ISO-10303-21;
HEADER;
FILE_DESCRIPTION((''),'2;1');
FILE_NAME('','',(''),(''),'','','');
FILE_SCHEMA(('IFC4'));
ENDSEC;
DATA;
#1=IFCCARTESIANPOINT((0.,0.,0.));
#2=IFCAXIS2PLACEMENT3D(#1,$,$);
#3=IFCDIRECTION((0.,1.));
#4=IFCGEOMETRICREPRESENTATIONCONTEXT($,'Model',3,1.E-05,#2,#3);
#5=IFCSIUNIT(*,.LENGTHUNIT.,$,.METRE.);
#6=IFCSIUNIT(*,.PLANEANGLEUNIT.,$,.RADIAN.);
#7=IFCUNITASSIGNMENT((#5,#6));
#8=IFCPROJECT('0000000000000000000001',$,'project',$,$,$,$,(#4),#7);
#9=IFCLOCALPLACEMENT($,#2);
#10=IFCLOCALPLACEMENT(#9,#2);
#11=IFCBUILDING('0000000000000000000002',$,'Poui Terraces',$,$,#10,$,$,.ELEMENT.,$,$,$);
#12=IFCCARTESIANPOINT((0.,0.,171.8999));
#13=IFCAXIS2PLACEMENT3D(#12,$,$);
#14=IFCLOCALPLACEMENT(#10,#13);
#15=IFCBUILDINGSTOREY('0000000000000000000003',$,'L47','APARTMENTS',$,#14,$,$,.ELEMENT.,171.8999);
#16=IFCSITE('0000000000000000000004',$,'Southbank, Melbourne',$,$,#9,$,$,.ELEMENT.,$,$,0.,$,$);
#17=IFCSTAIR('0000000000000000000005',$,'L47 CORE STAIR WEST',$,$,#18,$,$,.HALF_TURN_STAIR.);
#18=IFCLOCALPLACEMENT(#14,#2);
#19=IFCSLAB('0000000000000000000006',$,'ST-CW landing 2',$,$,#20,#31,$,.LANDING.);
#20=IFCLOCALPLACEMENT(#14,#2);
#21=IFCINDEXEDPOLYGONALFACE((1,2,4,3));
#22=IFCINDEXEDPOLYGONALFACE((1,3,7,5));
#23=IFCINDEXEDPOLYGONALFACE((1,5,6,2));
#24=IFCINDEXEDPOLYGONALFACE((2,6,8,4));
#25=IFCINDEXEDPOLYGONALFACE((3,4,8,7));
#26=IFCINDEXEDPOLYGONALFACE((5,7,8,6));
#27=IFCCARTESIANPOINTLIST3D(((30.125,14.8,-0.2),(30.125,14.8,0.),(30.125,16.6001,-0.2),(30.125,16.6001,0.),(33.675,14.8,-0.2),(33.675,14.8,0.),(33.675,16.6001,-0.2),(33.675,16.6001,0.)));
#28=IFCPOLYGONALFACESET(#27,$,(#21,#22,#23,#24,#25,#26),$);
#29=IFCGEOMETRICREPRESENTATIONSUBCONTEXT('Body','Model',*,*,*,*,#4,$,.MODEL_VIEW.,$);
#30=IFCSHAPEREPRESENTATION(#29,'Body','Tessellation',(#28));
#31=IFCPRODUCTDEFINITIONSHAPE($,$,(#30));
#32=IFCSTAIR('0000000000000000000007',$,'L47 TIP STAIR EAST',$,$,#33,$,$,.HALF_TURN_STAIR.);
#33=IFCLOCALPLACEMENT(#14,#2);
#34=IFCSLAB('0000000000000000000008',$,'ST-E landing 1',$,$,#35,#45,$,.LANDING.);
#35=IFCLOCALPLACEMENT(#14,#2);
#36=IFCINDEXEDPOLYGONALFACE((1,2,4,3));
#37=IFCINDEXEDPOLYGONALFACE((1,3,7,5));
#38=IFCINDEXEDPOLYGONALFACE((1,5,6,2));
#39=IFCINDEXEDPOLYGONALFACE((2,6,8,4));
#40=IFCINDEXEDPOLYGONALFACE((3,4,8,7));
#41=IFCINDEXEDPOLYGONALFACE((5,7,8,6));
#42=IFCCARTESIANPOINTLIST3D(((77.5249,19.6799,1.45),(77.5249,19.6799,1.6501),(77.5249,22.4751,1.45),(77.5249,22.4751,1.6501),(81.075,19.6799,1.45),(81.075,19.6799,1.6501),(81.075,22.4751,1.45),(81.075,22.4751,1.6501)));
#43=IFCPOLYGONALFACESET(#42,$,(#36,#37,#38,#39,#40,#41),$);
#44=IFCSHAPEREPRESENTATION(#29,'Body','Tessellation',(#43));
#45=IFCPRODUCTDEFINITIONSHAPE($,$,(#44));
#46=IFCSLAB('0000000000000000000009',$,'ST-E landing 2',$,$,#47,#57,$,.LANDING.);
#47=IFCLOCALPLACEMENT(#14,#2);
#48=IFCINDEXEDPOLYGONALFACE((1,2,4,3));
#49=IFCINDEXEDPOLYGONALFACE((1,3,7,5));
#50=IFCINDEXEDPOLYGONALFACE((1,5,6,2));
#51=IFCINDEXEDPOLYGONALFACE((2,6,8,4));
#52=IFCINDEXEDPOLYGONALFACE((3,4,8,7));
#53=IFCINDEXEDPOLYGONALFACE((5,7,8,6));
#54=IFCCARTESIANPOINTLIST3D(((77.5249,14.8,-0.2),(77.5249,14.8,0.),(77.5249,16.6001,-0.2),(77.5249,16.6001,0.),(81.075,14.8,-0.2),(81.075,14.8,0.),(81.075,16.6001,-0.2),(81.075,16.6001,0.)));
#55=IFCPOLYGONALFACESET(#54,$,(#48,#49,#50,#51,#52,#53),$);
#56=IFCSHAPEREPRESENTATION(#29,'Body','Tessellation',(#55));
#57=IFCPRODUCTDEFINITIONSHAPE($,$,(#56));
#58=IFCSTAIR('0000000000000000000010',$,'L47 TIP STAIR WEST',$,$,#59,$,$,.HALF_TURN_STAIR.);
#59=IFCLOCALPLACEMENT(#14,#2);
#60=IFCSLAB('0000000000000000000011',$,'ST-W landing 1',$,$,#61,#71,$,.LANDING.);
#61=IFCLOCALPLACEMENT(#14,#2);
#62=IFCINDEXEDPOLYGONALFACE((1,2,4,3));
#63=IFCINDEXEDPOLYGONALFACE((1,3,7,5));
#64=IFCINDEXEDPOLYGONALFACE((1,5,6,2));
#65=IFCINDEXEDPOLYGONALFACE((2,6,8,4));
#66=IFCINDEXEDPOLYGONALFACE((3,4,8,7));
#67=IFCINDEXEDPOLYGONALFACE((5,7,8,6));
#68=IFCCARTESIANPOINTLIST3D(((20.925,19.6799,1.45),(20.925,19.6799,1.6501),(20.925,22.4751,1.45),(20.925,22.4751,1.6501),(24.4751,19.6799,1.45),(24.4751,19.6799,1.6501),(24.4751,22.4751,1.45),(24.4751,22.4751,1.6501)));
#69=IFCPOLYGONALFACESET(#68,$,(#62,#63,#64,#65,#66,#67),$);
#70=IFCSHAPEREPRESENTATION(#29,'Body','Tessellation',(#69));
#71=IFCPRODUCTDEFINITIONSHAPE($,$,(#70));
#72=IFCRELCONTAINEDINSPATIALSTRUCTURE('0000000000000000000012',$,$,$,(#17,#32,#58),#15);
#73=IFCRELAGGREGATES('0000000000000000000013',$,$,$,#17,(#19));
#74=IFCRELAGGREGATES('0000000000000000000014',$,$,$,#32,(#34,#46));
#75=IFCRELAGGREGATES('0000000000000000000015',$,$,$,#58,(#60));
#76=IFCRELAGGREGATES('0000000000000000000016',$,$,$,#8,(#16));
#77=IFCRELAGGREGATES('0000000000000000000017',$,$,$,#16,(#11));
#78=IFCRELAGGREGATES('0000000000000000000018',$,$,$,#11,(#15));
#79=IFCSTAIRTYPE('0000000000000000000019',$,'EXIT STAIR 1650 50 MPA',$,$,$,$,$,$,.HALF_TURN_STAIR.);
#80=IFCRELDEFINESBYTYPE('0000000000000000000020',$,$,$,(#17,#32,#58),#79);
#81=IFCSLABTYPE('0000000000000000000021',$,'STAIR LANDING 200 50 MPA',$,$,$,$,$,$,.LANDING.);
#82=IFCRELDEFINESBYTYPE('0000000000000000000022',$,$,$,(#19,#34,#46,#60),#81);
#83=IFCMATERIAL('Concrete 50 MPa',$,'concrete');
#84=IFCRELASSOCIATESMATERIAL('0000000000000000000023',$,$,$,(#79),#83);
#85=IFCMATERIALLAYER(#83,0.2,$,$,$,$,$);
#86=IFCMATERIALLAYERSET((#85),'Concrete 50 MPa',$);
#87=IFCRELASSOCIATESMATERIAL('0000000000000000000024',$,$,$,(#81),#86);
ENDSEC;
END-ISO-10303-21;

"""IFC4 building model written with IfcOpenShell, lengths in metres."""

from ifc_helpers import new_model, si_unit, direction, frame, origin, place, context, subcontext, project, spatial, polyline, outline, extrude, material, layer, layer_set, type_object, element, aggregate, save


model = new_model("IFC4")

# Units and contexts
model_context = context("Model", 3, precision=1e-05, world=origin(), true_north=direction((0.0, 1.0)))
body_context = subcontext(model_context, "Body", "Model", "MODEL_VIEW")
ifc_project = project(units=[si_unit("LENGTHUNIT", "METRE"), si_unit("PLANEANGLEUNIT", "RADIAN")], contexts=[model_context])

# Site, building, storey
site_placement = place(None, origin())
site = spatial("IfcSite", under=ifc_project, at=site_placement, Name="Southbank, Melbourne", CompositionType="ELEMENT", RefElevation=0.0)
building_placement = place(site_placement, origin())
building = spatial("IfcBuilding", under=site, at=building_placement, Name="Poui Terraces", CompositionType="ELEMENT")
storey_placement = place(building_placement, frame((0.0, 0.0, 171.8999)))
storey = spatial("IfcBuildingStorey", under=building, at=storey_placement, Name="L47", Description="APARTMENTS", CompositionType="ELEMENT", Elevation=171.8999)

# Stair, slab
ifc_material = material(Name="Concrete 50 MPa", Category="concrete")
stair_type = type_object("IfcStairType", Name="EXIT STAIR 1650 50 MPA", PredefinedType="HALF_TURN_STAIR", material=ifc_material)
stair_1_placement = place(storey_placement, origin())
stair_1 = element("IfcStair", 1, at=stair_1_placement, inside=storey, type_object=stair_type, Name="L47 CORE STAIR WEST", PredefinedType="HALF_TURN_STAIR")
ifc_layer = layer(ifc_material, 0.2)
ifc_layer_set = layer_set([ifc_layer], Name="Concrete 50 MPa")
slab_type = type_object("IfcSlabType", Name="STAIR LANDING 200 50 MPA", PredefinedType="LANDING", material=ifc_layer_set)
slab_1_placement = place(storey_placement, frame((0.0, 0.0, -0.2)))
slab_1 = element("IfcSlab", 2, at=slab_1_placement, type_object=slab_type, Name="ST-CW landing 2", PredefinedType="LANDING", context=body_context, shape_type="SweptSolid", body=[
    extrude(outline(polyline([(30.125, 14.8), (33.675, 14.8), (33.675, 16.6001), (30.125, 16.6001), (30.125, 14.8)])), origin(), (0.0, 0.0, 1.0), 0.2),
])
aggregate(stair_1, [slab_1])

# Stair, slabs
stair_2_placement = place(storey_placement, origin())
stair_2 = element("IfcStair", 3, at=stair_2_placement, inside=storey, type_object=stair_type, Name="L47 TIP STAIR EAST", PredefinedType="HALF_TURN_STAIR")
slab_2_placement = place(storey_placement, frame((0.0, 0.0, 1.45)))
slab_2 = element("IfcSlab", 4, at=slab_2_placement, type_object=slab_type, Name="ST-E landing 1", PredefinedType="LANDING", context=body_context, shape_type="SweptSolid", body=[
    extrude(outline(polyline([(77.5249, 19.6799), (81.075, 19.6799), (81.075, 22.4751), (77.5249, 22.4751), (77.5249, 19.6799)])), origin(), (0.0, 0.0, 1.0), 0.2002),
])
slab_3_placement = place(storey_placement, frame((0.0, 0.0, -0.2)))
slab_3 = element("IfcSlab", 5, at=slab_3_placement, type_object=slab_type, Name="ST-E landing 2", PredefinedType="LANDING", context=body_context, shape_type="SweptSolid", body=[
    extrude(outline(polyline([(77.5249, 14.8), (81.075, 14.8), (81.075, 16.6001), (77.5249, 16.6001), (77.5249, 14.8)])), origin(), (0.0, 0.0, 1.0), 0.2),
])
aggregate(stair_2, [slab_2, slab_3])

# Stair, slab
stair_3_placement = place(storey_placement, origin())
stair_3 = element("IfcStair", 6, at=stair_3_placement, inside=storey, type_object=stair_type, Name="L47 TIP STAIR WEST", PredefinedType="HALF_TURN_STAIR")
slab_4_placement = place(storey_placement, frame((0.0, 0.0, 1.45)))
slab_4 = element("IfcSlab", 7, at=slab_4_placement, type_object=slab_type, Name="ST-W landing 1", PredefinedType="LANDING", context=body_context, shape_type="SweptSolid", body=[
    extrude(outline(polyline([(20.925, 19.6799), (24.4751, 19.6799), (24.4751, 22.4751), (20.925, 22.4751), (20.925, 19.6799)])), origin(), (0.0, 0.0, 1.0), 0.2002),
])
aggregate(stair_3, [slab_4])

save(model, "model.ifc")
